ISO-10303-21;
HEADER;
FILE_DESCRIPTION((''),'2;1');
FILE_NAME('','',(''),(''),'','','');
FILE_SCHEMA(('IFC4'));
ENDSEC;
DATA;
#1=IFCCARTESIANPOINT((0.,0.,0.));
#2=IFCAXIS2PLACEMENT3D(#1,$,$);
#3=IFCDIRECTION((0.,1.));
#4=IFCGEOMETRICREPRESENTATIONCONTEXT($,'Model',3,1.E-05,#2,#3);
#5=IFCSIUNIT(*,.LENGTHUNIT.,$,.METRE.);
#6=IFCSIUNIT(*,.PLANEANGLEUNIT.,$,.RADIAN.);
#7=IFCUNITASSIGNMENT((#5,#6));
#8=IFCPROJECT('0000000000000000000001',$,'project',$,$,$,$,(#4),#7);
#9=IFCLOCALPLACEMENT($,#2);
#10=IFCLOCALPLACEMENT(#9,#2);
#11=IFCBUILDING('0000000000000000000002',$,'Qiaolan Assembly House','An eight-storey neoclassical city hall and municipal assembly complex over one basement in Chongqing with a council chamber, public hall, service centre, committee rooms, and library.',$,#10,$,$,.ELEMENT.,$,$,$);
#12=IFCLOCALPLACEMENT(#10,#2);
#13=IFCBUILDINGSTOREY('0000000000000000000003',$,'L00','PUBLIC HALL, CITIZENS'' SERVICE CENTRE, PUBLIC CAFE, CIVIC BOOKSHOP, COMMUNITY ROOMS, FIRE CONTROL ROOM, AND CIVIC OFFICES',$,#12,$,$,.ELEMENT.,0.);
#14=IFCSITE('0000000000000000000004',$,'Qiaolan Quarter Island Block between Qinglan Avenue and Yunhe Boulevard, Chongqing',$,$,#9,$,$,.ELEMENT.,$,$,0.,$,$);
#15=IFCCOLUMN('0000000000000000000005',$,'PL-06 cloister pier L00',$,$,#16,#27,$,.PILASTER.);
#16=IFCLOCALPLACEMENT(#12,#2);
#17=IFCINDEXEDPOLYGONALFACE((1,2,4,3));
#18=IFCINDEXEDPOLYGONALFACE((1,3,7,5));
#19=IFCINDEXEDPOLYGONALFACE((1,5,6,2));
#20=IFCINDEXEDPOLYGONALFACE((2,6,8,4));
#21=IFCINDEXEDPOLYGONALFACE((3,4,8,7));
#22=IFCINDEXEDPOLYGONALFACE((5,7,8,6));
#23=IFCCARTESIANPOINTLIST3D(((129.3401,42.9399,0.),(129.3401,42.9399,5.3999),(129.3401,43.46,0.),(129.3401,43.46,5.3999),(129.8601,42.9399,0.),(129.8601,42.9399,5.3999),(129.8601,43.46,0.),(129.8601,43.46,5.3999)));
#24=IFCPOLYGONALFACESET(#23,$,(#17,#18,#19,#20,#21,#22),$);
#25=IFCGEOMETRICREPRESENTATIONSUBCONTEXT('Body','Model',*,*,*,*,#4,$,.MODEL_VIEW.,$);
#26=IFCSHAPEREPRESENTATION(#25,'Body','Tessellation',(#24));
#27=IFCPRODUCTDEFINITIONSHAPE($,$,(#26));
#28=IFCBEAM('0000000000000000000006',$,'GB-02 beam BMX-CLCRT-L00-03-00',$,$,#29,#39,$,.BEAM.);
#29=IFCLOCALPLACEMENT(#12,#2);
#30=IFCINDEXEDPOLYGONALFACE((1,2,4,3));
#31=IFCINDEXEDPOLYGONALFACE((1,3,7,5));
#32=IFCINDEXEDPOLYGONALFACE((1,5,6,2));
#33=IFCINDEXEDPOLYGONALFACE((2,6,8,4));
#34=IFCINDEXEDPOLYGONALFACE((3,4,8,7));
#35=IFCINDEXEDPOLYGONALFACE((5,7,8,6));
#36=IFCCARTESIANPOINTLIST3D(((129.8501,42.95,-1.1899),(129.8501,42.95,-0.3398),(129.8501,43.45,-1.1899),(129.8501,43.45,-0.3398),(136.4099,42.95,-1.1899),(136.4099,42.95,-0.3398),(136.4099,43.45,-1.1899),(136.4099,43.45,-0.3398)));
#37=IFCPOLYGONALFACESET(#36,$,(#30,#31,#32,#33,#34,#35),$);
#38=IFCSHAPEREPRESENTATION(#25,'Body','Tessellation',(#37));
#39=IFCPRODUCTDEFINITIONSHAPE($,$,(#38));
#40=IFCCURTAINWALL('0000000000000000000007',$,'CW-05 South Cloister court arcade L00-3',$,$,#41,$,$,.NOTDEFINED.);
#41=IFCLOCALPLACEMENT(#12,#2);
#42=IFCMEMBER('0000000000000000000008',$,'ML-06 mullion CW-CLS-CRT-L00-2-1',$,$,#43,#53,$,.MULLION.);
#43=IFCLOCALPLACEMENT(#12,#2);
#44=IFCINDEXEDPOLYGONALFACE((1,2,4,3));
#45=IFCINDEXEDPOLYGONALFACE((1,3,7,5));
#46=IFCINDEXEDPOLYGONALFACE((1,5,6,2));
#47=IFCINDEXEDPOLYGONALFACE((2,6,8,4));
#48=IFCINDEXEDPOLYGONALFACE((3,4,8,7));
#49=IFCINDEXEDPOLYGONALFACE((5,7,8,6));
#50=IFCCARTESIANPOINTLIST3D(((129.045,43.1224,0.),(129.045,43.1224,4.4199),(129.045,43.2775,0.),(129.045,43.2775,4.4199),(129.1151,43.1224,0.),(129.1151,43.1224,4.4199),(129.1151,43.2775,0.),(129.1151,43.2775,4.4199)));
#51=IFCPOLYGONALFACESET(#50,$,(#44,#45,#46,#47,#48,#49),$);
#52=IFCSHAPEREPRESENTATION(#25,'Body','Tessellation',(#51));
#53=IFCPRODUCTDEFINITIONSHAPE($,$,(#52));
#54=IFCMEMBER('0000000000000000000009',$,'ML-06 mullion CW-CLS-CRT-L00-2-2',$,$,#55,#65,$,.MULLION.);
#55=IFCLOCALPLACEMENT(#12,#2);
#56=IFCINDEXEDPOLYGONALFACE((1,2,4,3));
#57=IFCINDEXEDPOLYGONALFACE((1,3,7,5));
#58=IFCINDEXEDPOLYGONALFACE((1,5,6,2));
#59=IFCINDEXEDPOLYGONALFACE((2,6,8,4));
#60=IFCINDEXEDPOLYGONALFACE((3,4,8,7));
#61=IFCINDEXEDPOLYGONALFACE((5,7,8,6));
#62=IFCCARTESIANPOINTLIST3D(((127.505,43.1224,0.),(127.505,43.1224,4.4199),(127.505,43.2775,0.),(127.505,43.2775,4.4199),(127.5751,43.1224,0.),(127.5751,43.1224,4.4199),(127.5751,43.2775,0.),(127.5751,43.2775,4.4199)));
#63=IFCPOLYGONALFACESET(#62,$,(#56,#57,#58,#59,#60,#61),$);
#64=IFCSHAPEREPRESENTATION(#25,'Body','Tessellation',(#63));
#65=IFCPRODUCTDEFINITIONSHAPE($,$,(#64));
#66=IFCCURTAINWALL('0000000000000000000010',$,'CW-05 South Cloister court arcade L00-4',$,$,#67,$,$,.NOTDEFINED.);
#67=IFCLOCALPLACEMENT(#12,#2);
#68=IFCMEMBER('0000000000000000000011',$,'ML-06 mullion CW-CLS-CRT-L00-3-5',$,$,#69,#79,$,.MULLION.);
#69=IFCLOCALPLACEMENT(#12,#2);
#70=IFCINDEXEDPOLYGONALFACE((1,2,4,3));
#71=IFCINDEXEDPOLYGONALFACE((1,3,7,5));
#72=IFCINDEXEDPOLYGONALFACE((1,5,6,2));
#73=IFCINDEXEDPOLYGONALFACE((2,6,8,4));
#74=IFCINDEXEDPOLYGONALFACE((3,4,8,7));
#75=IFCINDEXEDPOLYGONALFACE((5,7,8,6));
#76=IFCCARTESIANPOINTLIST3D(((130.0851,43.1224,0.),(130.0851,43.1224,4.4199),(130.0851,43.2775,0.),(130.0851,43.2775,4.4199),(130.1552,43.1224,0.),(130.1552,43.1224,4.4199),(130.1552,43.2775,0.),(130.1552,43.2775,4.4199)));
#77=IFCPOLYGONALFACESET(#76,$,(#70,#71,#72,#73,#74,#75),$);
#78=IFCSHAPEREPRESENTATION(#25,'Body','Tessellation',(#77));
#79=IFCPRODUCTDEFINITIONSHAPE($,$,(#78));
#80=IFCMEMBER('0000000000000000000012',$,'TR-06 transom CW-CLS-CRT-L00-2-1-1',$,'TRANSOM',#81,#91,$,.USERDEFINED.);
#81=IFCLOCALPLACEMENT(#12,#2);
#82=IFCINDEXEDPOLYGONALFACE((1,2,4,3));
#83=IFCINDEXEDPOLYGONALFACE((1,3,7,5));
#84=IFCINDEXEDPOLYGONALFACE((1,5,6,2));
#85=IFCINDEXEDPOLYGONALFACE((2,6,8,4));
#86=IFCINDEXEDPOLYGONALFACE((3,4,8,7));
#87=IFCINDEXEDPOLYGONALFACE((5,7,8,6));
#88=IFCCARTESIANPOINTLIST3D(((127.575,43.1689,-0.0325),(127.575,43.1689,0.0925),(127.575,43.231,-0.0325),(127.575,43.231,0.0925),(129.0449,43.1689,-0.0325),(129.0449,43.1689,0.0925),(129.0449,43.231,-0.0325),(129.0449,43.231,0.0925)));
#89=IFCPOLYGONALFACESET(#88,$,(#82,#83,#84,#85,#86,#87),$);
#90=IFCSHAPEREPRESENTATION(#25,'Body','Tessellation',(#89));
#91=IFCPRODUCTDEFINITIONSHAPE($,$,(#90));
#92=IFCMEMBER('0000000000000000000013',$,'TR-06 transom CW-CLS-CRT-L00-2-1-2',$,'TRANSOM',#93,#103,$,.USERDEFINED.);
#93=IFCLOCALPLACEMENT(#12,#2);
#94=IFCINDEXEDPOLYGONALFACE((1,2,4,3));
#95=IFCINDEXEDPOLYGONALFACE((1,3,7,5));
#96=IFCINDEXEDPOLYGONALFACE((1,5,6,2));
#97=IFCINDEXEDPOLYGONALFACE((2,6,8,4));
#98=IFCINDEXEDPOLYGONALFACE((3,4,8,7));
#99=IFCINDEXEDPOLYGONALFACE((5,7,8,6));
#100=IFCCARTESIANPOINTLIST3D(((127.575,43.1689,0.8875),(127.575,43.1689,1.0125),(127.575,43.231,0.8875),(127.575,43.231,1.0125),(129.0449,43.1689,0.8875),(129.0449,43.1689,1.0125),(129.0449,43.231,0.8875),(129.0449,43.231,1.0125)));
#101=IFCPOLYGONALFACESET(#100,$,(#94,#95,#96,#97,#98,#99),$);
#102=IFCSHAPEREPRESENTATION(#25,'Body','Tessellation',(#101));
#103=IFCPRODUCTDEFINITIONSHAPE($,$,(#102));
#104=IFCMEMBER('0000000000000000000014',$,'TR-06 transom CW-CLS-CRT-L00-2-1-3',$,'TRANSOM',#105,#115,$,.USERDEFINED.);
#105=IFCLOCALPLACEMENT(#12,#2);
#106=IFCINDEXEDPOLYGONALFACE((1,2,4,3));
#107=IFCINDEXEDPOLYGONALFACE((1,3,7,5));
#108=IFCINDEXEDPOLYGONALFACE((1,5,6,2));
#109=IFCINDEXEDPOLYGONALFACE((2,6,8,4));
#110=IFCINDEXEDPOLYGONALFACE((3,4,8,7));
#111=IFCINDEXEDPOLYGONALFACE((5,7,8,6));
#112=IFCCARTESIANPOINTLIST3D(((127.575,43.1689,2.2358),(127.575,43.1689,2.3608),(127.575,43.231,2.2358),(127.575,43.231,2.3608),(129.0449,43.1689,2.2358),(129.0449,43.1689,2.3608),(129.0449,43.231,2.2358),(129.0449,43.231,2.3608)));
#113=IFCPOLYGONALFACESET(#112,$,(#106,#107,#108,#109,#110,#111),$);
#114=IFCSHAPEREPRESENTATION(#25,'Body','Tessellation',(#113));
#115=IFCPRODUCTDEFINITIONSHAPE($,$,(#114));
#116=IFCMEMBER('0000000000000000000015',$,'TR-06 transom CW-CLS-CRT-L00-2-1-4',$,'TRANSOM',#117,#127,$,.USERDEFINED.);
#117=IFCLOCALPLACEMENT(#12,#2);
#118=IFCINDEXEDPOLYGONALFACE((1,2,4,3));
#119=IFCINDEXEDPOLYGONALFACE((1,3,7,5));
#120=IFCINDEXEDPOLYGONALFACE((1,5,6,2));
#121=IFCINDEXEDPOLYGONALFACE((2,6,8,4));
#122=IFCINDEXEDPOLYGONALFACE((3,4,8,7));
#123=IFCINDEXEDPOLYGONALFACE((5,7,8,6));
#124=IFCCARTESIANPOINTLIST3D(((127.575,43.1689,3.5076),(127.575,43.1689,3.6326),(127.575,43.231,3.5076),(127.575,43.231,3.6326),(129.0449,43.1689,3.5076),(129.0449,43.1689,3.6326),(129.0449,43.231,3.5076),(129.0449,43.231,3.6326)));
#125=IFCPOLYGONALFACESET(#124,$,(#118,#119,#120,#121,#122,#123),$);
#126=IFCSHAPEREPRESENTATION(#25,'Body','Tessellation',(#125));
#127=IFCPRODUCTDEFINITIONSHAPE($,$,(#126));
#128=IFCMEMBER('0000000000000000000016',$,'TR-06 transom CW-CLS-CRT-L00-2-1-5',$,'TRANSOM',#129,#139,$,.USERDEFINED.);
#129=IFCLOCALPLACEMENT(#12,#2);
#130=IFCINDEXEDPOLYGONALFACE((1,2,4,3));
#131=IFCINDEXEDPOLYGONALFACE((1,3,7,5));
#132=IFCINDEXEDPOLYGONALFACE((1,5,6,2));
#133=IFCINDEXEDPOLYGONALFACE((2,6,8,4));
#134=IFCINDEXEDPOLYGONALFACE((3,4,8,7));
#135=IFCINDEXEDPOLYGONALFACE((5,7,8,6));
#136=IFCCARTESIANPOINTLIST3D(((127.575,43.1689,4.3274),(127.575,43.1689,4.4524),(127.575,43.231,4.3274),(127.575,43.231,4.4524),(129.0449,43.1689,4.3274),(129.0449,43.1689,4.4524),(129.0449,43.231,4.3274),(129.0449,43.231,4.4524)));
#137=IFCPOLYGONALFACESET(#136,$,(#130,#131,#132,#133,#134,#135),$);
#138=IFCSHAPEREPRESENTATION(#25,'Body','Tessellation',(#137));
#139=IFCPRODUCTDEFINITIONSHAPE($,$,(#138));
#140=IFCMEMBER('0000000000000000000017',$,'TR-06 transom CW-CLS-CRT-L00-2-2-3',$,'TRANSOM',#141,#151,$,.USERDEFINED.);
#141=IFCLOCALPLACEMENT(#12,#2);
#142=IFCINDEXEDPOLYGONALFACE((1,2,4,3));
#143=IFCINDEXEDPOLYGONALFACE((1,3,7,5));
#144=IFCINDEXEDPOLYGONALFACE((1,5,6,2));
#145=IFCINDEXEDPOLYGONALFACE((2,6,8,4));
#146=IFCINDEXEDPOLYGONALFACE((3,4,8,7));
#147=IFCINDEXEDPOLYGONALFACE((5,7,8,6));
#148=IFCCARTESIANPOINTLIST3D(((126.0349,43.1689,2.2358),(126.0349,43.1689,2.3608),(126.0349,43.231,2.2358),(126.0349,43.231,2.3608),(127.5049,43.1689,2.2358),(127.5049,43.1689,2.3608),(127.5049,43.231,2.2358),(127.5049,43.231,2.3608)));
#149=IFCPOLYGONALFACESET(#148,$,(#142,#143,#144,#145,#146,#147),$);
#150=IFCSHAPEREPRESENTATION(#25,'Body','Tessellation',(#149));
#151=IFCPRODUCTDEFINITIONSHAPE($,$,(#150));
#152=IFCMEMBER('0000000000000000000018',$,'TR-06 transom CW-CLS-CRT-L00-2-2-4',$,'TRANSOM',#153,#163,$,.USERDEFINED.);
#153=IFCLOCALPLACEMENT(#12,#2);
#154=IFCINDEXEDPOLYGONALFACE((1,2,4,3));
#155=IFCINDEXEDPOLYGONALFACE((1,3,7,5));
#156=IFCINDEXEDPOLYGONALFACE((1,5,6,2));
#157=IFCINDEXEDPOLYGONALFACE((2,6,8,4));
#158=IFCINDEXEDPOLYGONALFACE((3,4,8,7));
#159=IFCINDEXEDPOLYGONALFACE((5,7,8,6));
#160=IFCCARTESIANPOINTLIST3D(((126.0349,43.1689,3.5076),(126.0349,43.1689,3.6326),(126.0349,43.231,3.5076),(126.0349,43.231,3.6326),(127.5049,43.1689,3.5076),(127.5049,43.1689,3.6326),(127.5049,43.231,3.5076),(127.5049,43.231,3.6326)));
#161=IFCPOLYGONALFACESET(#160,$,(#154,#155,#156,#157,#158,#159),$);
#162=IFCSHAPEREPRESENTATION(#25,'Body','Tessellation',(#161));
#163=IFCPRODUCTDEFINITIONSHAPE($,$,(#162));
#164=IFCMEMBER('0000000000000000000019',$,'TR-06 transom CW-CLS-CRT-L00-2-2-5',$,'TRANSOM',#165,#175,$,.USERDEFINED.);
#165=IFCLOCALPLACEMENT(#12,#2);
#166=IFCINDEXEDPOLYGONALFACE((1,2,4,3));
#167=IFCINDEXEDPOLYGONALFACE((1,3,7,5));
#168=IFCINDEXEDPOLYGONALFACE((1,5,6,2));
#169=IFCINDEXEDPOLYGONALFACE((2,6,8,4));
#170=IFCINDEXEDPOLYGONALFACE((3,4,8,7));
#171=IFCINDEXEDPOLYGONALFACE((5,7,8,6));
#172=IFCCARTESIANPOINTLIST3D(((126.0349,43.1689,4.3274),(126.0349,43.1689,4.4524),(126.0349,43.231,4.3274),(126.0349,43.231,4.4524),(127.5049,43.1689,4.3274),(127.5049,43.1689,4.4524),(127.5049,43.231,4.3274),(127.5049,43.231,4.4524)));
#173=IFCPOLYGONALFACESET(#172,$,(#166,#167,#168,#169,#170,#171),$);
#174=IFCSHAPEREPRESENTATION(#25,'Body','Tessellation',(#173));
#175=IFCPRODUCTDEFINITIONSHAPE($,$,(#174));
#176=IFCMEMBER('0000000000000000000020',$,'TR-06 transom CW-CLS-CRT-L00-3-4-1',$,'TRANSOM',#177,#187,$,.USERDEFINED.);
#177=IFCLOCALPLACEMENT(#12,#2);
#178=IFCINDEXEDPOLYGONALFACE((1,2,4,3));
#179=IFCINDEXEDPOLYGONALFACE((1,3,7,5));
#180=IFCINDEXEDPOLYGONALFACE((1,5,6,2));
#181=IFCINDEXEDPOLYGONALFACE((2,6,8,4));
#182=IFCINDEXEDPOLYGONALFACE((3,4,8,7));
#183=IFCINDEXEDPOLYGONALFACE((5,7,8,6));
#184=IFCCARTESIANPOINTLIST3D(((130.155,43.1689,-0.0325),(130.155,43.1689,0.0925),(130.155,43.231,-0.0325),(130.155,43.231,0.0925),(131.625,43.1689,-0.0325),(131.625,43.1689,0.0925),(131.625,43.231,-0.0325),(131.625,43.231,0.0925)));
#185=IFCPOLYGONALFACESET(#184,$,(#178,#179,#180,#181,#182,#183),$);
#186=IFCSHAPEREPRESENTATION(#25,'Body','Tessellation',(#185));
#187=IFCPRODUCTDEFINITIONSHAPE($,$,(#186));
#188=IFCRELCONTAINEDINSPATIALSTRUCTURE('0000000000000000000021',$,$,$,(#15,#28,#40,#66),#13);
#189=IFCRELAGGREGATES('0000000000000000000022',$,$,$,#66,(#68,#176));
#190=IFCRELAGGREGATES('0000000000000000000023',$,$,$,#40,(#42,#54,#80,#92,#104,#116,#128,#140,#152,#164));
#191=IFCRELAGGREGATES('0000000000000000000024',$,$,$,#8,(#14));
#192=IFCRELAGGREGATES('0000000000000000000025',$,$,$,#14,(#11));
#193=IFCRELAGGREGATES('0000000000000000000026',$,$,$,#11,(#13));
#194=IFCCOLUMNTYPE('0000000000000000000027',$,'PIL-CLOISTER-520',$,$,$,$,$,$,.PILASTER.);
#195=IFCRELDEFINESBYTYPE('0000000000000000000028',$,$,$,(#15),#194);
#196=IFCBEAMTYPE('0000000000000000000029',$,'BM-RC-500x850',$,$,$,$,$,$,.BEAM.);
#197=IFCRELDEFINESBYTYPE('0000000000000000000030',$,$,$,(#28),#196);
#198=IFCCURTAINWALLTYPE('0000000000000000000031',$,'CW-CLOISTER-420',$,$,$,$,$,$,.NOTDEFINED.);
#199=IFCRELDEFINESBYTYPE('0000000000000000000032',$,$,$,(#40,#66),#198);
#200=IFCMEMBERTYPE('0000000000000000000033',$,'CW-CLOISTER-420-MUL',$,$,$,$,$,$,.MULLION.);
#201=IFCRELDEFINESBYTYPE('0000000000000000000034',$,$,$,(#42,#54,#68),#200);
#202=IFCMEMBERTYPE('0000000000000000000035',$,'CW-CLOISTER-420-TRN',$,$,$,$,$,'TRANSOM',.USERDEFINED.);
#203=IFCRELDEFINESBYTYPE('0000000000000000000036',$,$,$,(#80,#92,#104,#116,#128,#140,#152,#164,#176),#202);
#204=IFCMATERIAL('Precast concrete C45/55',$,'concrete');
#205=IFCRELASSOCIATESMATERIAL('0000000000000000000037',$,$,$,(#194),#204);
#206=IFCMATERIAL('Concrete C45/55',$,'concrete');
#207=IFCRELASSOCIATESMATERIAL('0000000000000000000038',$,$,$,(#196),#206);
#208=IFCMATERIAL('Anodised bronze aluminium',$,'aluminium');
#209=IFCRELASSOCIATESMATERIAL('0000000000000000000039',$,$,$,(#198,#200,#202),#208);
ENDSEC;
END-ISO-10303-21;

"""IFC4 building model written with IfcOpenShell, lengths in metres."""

from ifc_helpers import new_model, si_unit, direction, frame, origin, origin_2d, place, context, subcontext, project, spatial, rectangle, extrude, material, material_profile, profile_set, type_object, element, aggregate, save


model = new_model("IFC4")

# Units and contexts
model_context = context("Model", 3, precision=1e-05, world=origin(), true_north=direction((0.0, 1.0)))
body_context = subcontext(model_context, "Body", "Model", "MODEL_VIEW")
ifc_project = project(units=[si_unit("LENGTHUNIT", "METRE"), si_unit("PLANEANGLEUNIT", "RADIAN")], contexts=[model_context])

# Site, building, storey
site_placement = place(None, origin())
site = spatial("IfcSite", under=ifc_project, at=site_placement, Name="Qiaolan Quarter Island Block between Qinglan Avenue and Yunhe Boulevard, Chongqing", CompositionType="ELEMENT", RefElevation=0.0)
building_placement = place(site_placement, origin())
building = spatial("IfcBuilding", under=site, at=building_placement, Name="Qiaolan Assembly House", Description="An eight-storey neoclassical city hall and municipal assembly complex over one basement in Chongqing with a council chamber, public hall, service centre, committee rooms, and library.", CompositionType="ELEMENT")
storey_placement = place(building_placement, origin())
storey = spatial("IfcBuildingStorey", under=building, at=storey_placement, Name="L00", Description="PUBLIC HALL, CITIZENS' SERVICE CENTRE, PUBLIC CAFE, CIVIC BOOKSHOP, COMMUNITY ROOMS, FIRE CONTROL ROOM, AND CIVIC OFFICES", CompositionType="ELEMENT", Elevation=0.0)

# Column
ifc_material_1 = material(Name="Precast concrete C45/55", Category="concrete")
ifc_material_profile_1 = material_profile(ifc_material_1, rectangle(XDim=0.52, YDim=0.52, at=origin_2d()), Name="PIL 520x520")
ifc_profile_set_1 = profile_set([ifc_material_profile_1], Name="Precast concrete C45/55")
column_type = type_object("IfcColumnType", Name="PIL-CLOISTER-520", PredefinedType="PILASTER", material=ifc_profile_set_1)
column_placement = place(storey_placement, frame((129.6001, 43.2, 0.0), z_axis=(0.0, 0.0, 1.0), x_axis=(1.0, 0.0, 0.0)))
element("IfcColumn", 1, at=column_placement, inside=storey, type_object=column_type, Name="PL-06 cloister pier L00", PredefinedType="PILASTER", context=body_context, shape_type="SweptSolid", body=[
    extrude(rectangle(XDim=0.52, YDim=0.52, at=origin_2d()), origin(), (0.0, 0.0, 1.0), 5.3999),
])

# Beam
ifc_material_2 = material(Name="Concrete C45/55", Category="concrete")
ifc_material_profile_2 = material_profile(ifc_material_2, rectangle(XDim=0.5, YDim=0.8501, at=origin_2d()), Name="RCB 500x850")
ifc_profile_set_2 = profile_set([ifc_material_profile_2], Name="Concrete C45/55")
beam_type = type_object("IfcBeamType", Name="BM-RC-500x850", PredefinedType="BEAM", material=ifc_profile_set_2)
beam_placement = place(storey_placement, frame((129.8501, 43.2, -0.7649), z_axis=(1.0, 0.0, 0.0), x_axis=(0.0, 1.0, 0.0)))
element("IfcBeam", 2, at=beam_placement, inside=storey, type_object=beam_type, Name="GB-02 beam BMX-CLCRT-L00-03-00", PredefinedType="BEAM", context=body_context, shape_type="SweptSolid", body=[
    extrude(rectangle(XDim=0.5, YDim=0.8501, at=origin_2d()), origin(), (0.0, 0.0, 1.0), 6.5598),
])

# Curtain wall, members
ifc_material_3 = material(Name="Anodised bronze aluminium", Category="aluminium")
curtain_wall_type = type_object("IfcCurtainWallType", Name="CW-CLOISTER-420", PredefinedType="NOTDEFINED", material=ifc_material_3)
curtain_wall_1_placement = place(storey_placement, origin())
curtain_wall_1 = element("IfcCurtainWall", 3, at=curtain_wall_1_placement, inside=storey, type_object=curtain_wall_type, Name="CW-05 South Cloister court arcade L00-3", PredefinedType="NOTDEFINED")
ifc_material_profile_3 = material_profile(ifc_material_3, rectangle(XDim=0.0701, YDim=0.155, at=origin_2d()), Name="MUL 70x155")
ifc_profile_set_3 = profile_set([ifc_material_profile_3], Name="Anodised bronze aluminium")
member_type_1 = type_object("IfcMemberType", Name="CW-CLOISTER-420-MUL", PredefinedType="MULLION", material=ifc_profile_set_3)
member_1_placement = place(storey_placement, frame((129.0801, 43.2, 0.0), z_axis=(0.0, 0.0, 1.0), x_axis=(-1.0, 0.0, 0.0)))
member_1 = element("IfcMember", 4, at=member_1_placement, type_object=member_type_1, Name="ML-06 mullion CW-CLS-CRT-L00-2-1", PredefinedType="MULLION", context=body_context, shape_type="SweptSolid", body=[
    extrude(rectangle(XDim=0.0701, YDim=0.155, at=origin_2d()), origin(), (0.0, 0.0, 1.0), 4.4199),
])
member_2_placement = place(storey_placement, frame((127.54, 43.2, 0.0), z_axis=(0.0, 0.0, 1.0), x_axis=(-1.0, 0.0, 0.0)))
member_2 = element("IfcMember", 5, at=member_2_placement, type_object=member_type_1, Name="ML-06 mullion CW-CLS-CRT-L00-2-2", PredefinedType="MULLION", context=body_context, shape_type="SweptSolid", body=[
    extrude(rectangle(XDim=0.0701, YDim=0.155, at=origin_2d()), origin(), (0.0, 0.0, 1.0), 4.4199),
])

# Curtain wall, member
curtain_wall_2_placement = place(storey_placement, origin())
curtain_wall_2 = element("IfcCurtainWall", 6, at=curtain_wall_2_placement, inside=storey, type_object=curtain_wall_type, Name="CW-05 South Cloister court arcade L00-4", PredefinedType="NOTDEFINED")
member_3_placement = place(storey_placement, frame((130.1201, 43.2, 0.0), z_axis=(0.0, 0.0, 1.0), x_axis=(-1.0, 0.0, 0.0)))
member_3 = element("IfcMember", 7, at=member_3_placement, type_object=member_type_1, Name="ML-06 mullion CW-CLS-CRT-L00-3-5", PredefinedType="MULLION", context=body_context, shape_type="SweptSolid", body=[
    extrude(rectangle(XDim=0.0701, YDim=0.155, at=origin_2d()), origin(), (0.0, 0.0, 1.0), 4.4199),
])

# Members
ifc_material_profile_4 = material_profile(ifc_material_3, rectangle(XDim=0.062, YDim=0.125, at=origin_2d()), Name="TRN 62x125")
ifc_profile_set_4 = profile_set([ifc_material_profile_4], Name="Anodised bronze aluminium")
member_type_2 = type_object("IfcMemberType", Name="CW-CLOISTER-420-TRN", ElementType="TRANSOM", PredefinedType="USERDEFINED", material=ifc_profile_set_4)
member_4_placement = place(storey_placement, frame((129.0449, 43.2, 0.03), z_axis=(-1.0, 0.0, 0.0), x_axis=(0.0, -1.0, 0.0)))
member_4 = element("IfcMember", 8, at=member_4_placement, type_object=member_type_2, Name="TR-06 transom CW-CLS-CRT-L00-2-1-1", ObjectType="TRANSOM", PredefinedType="USERDEFINED", context=body_context, shape_type="SweptSolid", body=[
    extrude(rectangle(XDim=0.062, YDim=0.125, at=origin_2d()), origin(), (0.0, 0.0, 1.0), 1.47),
])
member_5_placement = place(storey_placement, frame((129.0449, 43.2, 0.95), z_axis=(-1.0, 0.0, 0.0), x_axis=(0.0, -1.0, 0.0)))
member_5 = element("IfcMember", 9, at=member_5_placement, type_object=member_type_2, Name="TR-06 transom CW-CLS-CRT-L00-2-1-2", ObjectType="TRANSOM", PredefinedType="USERDEFINED", context=body_context, shape_type="SweptSolid", body=[
    extrude(rectangle(XDim=0.062, YDim=0.125, at=origin_2d()), origin(), (0.0, 0.0, 1.0), 1.47),
])
member_6_placement = place(storey_placement, frame((129.0449, 43.2, 2.2983), z_axis=(-1.0, 0.0, 0.0), x_axis=(0.0, -1.0, 0.0)))
member_6 = element("IfcMember", 10, at=member_6_placement, type_object=member_type_2, Name="TR-06 transom CW-CLS-CRT-L00-2-1-3", ObjectType="TRANSOM", PredefinedType="USERDEFINED", context=body_context, shape_type="SweptSolid", body=[
    extrude(rectangle(XDim=0.062, YDim=0.125, at=origin_2d()), origin(), (0.0, 0.0, 1.0), 1.47),
])
member_7_placement = place(storey_placement, frame((129.0449, 43.2, 3.5701), z_axis=(-1.0, 0.0, 0.0), x_axis=(0.0, -1.0, 0.0)))
member_7 = element("IfcMember", 11, at=member_7_placement, type_object=member_type_2, Name="TR-06 transom CW-CLS-CRT-L00-2-1-4", ObjectType="TRANSOM", PredefinedType="USERDEFINED", context=body_context, shape_type="SweptSolid", body=[
    extrude(rectangle(XDim=0.062, YDim=0.125, at=origin_2d()), origin(), (0.0, 0.0, 1.0), 1.47),
])
member_8_placement = place(storey_placement, frame((129.0449, 43.2, 4.3899), z_axis=(-1.0, 0.0, 0.0), x_axis=(0.0, -1.0, 0.0)))
member_8 = element("IfcMember", 12, at=member_8_placement, type_object=member_type_2, Name="TR-06 transom CW-CLS-CRT-L00-2-1-5", ObjectType="TRANSOM", PredefinedType="USERDEFINED", context=body_context, shape_type="SweptSolid", body=[
    extrude(rectangle(XDim=0.062, YDim=0.125, at=origin_2d()), origin(), (0.0, 0.0, 1.0), 1.47),
])
member_9_placement = place(storey_placement, frame((127.5049, 43.2, 2.2983), z_axis=(-1.0, 0.0, 0.0), x_axis=(0.0, -1.0, 0.0)))
member_9 = element("IfcMember", 13, at=member_9_placement, type_object=member_type_2, Name="TR-06 transom CW-CLS-CRT-L00-2-2-3", ObjectType="TRANSOM", PredefinedType="USERDEFINED", context=body_context, shape_type="SweptSolid", body=[
    extrude(rectangle(XDim=0.062, YDim=0.125, at=origin_2d()), origin(), (0.0, 0.0, 1.0), 1.47),
])
member_10_placement = place(storey_placement, frame((127.5049, 43.2, 3.5701), z_axis=(-1.0, 0.0, 0.0), x_axis=(0.0, -1.0, 0.0)))
member_10 = element("IfcMember", 14, at=member_10_placement, type_object=member_type_2, Name="TR-06 transom CW-CLS-CRT-L00-2-2-4", ObjectType="TRANSOM", PredefinedType="USERDEFINED", context=body_context, shape_type="SweptSolid", body=[
    extrude(rectangle(XDim=0.062, YDim=0.125, at=origin_2d()), origin(), (0.0, 0.0, 1.0), 1.47),
])
member_11_placement = place(storey_placement, frame((127.5049, 43.2, 4.3899), z_axis=(-1.0, 0.0, 0.0), x_axis=(0.0, -1.0, 0.0)))
member_11 = element("IfcMember", 15, at=member_11_placement, type_object=member_type_2, Name="TR-06 transom CW-CLS-CRT-L00-2-2-5", ObjectType="TRANSOM", PredefinedType="USERDEFINED", context=body_context, shape_type="SweptSolid", body=[
    extrude(rectangle(XDim=0.062, YDim=0.125, at=origin_2d()), origin(), (0.0, 0.0, 1.0), 1.47),
])
member_12_placement = place(storey_placement, frame((131.625, 43.2, 0.03), z_axis=(-1.0, 0.0, 0.0), x_axis=(0.0, -1.0, 0.0)))
member_12 = element("IfcMember", 16, at=member_12_placement, type_object=member_type_2, Name="TR-06 transom CW-CLS-CRT-L00-3-4-1", ObjectType="TRANSOM", PredefinedType="USERDEFINED", context=body_context, shape_type="SweptSolid", body=[
    extrude(rectangle(XDim=0.062, YDim=0.125, at=origin_2d()), origin(), (0.0, 0.0, 1.0), 1.47),
])
aggregate(curtain_wall_2, [member_3, member_12])

aggregate(curtain_wall_1, [member_1, member_2, member_4, member_5, member_6, member_7, member_8, member_9, member_10, member_11])

save(model, "model.ifc")
